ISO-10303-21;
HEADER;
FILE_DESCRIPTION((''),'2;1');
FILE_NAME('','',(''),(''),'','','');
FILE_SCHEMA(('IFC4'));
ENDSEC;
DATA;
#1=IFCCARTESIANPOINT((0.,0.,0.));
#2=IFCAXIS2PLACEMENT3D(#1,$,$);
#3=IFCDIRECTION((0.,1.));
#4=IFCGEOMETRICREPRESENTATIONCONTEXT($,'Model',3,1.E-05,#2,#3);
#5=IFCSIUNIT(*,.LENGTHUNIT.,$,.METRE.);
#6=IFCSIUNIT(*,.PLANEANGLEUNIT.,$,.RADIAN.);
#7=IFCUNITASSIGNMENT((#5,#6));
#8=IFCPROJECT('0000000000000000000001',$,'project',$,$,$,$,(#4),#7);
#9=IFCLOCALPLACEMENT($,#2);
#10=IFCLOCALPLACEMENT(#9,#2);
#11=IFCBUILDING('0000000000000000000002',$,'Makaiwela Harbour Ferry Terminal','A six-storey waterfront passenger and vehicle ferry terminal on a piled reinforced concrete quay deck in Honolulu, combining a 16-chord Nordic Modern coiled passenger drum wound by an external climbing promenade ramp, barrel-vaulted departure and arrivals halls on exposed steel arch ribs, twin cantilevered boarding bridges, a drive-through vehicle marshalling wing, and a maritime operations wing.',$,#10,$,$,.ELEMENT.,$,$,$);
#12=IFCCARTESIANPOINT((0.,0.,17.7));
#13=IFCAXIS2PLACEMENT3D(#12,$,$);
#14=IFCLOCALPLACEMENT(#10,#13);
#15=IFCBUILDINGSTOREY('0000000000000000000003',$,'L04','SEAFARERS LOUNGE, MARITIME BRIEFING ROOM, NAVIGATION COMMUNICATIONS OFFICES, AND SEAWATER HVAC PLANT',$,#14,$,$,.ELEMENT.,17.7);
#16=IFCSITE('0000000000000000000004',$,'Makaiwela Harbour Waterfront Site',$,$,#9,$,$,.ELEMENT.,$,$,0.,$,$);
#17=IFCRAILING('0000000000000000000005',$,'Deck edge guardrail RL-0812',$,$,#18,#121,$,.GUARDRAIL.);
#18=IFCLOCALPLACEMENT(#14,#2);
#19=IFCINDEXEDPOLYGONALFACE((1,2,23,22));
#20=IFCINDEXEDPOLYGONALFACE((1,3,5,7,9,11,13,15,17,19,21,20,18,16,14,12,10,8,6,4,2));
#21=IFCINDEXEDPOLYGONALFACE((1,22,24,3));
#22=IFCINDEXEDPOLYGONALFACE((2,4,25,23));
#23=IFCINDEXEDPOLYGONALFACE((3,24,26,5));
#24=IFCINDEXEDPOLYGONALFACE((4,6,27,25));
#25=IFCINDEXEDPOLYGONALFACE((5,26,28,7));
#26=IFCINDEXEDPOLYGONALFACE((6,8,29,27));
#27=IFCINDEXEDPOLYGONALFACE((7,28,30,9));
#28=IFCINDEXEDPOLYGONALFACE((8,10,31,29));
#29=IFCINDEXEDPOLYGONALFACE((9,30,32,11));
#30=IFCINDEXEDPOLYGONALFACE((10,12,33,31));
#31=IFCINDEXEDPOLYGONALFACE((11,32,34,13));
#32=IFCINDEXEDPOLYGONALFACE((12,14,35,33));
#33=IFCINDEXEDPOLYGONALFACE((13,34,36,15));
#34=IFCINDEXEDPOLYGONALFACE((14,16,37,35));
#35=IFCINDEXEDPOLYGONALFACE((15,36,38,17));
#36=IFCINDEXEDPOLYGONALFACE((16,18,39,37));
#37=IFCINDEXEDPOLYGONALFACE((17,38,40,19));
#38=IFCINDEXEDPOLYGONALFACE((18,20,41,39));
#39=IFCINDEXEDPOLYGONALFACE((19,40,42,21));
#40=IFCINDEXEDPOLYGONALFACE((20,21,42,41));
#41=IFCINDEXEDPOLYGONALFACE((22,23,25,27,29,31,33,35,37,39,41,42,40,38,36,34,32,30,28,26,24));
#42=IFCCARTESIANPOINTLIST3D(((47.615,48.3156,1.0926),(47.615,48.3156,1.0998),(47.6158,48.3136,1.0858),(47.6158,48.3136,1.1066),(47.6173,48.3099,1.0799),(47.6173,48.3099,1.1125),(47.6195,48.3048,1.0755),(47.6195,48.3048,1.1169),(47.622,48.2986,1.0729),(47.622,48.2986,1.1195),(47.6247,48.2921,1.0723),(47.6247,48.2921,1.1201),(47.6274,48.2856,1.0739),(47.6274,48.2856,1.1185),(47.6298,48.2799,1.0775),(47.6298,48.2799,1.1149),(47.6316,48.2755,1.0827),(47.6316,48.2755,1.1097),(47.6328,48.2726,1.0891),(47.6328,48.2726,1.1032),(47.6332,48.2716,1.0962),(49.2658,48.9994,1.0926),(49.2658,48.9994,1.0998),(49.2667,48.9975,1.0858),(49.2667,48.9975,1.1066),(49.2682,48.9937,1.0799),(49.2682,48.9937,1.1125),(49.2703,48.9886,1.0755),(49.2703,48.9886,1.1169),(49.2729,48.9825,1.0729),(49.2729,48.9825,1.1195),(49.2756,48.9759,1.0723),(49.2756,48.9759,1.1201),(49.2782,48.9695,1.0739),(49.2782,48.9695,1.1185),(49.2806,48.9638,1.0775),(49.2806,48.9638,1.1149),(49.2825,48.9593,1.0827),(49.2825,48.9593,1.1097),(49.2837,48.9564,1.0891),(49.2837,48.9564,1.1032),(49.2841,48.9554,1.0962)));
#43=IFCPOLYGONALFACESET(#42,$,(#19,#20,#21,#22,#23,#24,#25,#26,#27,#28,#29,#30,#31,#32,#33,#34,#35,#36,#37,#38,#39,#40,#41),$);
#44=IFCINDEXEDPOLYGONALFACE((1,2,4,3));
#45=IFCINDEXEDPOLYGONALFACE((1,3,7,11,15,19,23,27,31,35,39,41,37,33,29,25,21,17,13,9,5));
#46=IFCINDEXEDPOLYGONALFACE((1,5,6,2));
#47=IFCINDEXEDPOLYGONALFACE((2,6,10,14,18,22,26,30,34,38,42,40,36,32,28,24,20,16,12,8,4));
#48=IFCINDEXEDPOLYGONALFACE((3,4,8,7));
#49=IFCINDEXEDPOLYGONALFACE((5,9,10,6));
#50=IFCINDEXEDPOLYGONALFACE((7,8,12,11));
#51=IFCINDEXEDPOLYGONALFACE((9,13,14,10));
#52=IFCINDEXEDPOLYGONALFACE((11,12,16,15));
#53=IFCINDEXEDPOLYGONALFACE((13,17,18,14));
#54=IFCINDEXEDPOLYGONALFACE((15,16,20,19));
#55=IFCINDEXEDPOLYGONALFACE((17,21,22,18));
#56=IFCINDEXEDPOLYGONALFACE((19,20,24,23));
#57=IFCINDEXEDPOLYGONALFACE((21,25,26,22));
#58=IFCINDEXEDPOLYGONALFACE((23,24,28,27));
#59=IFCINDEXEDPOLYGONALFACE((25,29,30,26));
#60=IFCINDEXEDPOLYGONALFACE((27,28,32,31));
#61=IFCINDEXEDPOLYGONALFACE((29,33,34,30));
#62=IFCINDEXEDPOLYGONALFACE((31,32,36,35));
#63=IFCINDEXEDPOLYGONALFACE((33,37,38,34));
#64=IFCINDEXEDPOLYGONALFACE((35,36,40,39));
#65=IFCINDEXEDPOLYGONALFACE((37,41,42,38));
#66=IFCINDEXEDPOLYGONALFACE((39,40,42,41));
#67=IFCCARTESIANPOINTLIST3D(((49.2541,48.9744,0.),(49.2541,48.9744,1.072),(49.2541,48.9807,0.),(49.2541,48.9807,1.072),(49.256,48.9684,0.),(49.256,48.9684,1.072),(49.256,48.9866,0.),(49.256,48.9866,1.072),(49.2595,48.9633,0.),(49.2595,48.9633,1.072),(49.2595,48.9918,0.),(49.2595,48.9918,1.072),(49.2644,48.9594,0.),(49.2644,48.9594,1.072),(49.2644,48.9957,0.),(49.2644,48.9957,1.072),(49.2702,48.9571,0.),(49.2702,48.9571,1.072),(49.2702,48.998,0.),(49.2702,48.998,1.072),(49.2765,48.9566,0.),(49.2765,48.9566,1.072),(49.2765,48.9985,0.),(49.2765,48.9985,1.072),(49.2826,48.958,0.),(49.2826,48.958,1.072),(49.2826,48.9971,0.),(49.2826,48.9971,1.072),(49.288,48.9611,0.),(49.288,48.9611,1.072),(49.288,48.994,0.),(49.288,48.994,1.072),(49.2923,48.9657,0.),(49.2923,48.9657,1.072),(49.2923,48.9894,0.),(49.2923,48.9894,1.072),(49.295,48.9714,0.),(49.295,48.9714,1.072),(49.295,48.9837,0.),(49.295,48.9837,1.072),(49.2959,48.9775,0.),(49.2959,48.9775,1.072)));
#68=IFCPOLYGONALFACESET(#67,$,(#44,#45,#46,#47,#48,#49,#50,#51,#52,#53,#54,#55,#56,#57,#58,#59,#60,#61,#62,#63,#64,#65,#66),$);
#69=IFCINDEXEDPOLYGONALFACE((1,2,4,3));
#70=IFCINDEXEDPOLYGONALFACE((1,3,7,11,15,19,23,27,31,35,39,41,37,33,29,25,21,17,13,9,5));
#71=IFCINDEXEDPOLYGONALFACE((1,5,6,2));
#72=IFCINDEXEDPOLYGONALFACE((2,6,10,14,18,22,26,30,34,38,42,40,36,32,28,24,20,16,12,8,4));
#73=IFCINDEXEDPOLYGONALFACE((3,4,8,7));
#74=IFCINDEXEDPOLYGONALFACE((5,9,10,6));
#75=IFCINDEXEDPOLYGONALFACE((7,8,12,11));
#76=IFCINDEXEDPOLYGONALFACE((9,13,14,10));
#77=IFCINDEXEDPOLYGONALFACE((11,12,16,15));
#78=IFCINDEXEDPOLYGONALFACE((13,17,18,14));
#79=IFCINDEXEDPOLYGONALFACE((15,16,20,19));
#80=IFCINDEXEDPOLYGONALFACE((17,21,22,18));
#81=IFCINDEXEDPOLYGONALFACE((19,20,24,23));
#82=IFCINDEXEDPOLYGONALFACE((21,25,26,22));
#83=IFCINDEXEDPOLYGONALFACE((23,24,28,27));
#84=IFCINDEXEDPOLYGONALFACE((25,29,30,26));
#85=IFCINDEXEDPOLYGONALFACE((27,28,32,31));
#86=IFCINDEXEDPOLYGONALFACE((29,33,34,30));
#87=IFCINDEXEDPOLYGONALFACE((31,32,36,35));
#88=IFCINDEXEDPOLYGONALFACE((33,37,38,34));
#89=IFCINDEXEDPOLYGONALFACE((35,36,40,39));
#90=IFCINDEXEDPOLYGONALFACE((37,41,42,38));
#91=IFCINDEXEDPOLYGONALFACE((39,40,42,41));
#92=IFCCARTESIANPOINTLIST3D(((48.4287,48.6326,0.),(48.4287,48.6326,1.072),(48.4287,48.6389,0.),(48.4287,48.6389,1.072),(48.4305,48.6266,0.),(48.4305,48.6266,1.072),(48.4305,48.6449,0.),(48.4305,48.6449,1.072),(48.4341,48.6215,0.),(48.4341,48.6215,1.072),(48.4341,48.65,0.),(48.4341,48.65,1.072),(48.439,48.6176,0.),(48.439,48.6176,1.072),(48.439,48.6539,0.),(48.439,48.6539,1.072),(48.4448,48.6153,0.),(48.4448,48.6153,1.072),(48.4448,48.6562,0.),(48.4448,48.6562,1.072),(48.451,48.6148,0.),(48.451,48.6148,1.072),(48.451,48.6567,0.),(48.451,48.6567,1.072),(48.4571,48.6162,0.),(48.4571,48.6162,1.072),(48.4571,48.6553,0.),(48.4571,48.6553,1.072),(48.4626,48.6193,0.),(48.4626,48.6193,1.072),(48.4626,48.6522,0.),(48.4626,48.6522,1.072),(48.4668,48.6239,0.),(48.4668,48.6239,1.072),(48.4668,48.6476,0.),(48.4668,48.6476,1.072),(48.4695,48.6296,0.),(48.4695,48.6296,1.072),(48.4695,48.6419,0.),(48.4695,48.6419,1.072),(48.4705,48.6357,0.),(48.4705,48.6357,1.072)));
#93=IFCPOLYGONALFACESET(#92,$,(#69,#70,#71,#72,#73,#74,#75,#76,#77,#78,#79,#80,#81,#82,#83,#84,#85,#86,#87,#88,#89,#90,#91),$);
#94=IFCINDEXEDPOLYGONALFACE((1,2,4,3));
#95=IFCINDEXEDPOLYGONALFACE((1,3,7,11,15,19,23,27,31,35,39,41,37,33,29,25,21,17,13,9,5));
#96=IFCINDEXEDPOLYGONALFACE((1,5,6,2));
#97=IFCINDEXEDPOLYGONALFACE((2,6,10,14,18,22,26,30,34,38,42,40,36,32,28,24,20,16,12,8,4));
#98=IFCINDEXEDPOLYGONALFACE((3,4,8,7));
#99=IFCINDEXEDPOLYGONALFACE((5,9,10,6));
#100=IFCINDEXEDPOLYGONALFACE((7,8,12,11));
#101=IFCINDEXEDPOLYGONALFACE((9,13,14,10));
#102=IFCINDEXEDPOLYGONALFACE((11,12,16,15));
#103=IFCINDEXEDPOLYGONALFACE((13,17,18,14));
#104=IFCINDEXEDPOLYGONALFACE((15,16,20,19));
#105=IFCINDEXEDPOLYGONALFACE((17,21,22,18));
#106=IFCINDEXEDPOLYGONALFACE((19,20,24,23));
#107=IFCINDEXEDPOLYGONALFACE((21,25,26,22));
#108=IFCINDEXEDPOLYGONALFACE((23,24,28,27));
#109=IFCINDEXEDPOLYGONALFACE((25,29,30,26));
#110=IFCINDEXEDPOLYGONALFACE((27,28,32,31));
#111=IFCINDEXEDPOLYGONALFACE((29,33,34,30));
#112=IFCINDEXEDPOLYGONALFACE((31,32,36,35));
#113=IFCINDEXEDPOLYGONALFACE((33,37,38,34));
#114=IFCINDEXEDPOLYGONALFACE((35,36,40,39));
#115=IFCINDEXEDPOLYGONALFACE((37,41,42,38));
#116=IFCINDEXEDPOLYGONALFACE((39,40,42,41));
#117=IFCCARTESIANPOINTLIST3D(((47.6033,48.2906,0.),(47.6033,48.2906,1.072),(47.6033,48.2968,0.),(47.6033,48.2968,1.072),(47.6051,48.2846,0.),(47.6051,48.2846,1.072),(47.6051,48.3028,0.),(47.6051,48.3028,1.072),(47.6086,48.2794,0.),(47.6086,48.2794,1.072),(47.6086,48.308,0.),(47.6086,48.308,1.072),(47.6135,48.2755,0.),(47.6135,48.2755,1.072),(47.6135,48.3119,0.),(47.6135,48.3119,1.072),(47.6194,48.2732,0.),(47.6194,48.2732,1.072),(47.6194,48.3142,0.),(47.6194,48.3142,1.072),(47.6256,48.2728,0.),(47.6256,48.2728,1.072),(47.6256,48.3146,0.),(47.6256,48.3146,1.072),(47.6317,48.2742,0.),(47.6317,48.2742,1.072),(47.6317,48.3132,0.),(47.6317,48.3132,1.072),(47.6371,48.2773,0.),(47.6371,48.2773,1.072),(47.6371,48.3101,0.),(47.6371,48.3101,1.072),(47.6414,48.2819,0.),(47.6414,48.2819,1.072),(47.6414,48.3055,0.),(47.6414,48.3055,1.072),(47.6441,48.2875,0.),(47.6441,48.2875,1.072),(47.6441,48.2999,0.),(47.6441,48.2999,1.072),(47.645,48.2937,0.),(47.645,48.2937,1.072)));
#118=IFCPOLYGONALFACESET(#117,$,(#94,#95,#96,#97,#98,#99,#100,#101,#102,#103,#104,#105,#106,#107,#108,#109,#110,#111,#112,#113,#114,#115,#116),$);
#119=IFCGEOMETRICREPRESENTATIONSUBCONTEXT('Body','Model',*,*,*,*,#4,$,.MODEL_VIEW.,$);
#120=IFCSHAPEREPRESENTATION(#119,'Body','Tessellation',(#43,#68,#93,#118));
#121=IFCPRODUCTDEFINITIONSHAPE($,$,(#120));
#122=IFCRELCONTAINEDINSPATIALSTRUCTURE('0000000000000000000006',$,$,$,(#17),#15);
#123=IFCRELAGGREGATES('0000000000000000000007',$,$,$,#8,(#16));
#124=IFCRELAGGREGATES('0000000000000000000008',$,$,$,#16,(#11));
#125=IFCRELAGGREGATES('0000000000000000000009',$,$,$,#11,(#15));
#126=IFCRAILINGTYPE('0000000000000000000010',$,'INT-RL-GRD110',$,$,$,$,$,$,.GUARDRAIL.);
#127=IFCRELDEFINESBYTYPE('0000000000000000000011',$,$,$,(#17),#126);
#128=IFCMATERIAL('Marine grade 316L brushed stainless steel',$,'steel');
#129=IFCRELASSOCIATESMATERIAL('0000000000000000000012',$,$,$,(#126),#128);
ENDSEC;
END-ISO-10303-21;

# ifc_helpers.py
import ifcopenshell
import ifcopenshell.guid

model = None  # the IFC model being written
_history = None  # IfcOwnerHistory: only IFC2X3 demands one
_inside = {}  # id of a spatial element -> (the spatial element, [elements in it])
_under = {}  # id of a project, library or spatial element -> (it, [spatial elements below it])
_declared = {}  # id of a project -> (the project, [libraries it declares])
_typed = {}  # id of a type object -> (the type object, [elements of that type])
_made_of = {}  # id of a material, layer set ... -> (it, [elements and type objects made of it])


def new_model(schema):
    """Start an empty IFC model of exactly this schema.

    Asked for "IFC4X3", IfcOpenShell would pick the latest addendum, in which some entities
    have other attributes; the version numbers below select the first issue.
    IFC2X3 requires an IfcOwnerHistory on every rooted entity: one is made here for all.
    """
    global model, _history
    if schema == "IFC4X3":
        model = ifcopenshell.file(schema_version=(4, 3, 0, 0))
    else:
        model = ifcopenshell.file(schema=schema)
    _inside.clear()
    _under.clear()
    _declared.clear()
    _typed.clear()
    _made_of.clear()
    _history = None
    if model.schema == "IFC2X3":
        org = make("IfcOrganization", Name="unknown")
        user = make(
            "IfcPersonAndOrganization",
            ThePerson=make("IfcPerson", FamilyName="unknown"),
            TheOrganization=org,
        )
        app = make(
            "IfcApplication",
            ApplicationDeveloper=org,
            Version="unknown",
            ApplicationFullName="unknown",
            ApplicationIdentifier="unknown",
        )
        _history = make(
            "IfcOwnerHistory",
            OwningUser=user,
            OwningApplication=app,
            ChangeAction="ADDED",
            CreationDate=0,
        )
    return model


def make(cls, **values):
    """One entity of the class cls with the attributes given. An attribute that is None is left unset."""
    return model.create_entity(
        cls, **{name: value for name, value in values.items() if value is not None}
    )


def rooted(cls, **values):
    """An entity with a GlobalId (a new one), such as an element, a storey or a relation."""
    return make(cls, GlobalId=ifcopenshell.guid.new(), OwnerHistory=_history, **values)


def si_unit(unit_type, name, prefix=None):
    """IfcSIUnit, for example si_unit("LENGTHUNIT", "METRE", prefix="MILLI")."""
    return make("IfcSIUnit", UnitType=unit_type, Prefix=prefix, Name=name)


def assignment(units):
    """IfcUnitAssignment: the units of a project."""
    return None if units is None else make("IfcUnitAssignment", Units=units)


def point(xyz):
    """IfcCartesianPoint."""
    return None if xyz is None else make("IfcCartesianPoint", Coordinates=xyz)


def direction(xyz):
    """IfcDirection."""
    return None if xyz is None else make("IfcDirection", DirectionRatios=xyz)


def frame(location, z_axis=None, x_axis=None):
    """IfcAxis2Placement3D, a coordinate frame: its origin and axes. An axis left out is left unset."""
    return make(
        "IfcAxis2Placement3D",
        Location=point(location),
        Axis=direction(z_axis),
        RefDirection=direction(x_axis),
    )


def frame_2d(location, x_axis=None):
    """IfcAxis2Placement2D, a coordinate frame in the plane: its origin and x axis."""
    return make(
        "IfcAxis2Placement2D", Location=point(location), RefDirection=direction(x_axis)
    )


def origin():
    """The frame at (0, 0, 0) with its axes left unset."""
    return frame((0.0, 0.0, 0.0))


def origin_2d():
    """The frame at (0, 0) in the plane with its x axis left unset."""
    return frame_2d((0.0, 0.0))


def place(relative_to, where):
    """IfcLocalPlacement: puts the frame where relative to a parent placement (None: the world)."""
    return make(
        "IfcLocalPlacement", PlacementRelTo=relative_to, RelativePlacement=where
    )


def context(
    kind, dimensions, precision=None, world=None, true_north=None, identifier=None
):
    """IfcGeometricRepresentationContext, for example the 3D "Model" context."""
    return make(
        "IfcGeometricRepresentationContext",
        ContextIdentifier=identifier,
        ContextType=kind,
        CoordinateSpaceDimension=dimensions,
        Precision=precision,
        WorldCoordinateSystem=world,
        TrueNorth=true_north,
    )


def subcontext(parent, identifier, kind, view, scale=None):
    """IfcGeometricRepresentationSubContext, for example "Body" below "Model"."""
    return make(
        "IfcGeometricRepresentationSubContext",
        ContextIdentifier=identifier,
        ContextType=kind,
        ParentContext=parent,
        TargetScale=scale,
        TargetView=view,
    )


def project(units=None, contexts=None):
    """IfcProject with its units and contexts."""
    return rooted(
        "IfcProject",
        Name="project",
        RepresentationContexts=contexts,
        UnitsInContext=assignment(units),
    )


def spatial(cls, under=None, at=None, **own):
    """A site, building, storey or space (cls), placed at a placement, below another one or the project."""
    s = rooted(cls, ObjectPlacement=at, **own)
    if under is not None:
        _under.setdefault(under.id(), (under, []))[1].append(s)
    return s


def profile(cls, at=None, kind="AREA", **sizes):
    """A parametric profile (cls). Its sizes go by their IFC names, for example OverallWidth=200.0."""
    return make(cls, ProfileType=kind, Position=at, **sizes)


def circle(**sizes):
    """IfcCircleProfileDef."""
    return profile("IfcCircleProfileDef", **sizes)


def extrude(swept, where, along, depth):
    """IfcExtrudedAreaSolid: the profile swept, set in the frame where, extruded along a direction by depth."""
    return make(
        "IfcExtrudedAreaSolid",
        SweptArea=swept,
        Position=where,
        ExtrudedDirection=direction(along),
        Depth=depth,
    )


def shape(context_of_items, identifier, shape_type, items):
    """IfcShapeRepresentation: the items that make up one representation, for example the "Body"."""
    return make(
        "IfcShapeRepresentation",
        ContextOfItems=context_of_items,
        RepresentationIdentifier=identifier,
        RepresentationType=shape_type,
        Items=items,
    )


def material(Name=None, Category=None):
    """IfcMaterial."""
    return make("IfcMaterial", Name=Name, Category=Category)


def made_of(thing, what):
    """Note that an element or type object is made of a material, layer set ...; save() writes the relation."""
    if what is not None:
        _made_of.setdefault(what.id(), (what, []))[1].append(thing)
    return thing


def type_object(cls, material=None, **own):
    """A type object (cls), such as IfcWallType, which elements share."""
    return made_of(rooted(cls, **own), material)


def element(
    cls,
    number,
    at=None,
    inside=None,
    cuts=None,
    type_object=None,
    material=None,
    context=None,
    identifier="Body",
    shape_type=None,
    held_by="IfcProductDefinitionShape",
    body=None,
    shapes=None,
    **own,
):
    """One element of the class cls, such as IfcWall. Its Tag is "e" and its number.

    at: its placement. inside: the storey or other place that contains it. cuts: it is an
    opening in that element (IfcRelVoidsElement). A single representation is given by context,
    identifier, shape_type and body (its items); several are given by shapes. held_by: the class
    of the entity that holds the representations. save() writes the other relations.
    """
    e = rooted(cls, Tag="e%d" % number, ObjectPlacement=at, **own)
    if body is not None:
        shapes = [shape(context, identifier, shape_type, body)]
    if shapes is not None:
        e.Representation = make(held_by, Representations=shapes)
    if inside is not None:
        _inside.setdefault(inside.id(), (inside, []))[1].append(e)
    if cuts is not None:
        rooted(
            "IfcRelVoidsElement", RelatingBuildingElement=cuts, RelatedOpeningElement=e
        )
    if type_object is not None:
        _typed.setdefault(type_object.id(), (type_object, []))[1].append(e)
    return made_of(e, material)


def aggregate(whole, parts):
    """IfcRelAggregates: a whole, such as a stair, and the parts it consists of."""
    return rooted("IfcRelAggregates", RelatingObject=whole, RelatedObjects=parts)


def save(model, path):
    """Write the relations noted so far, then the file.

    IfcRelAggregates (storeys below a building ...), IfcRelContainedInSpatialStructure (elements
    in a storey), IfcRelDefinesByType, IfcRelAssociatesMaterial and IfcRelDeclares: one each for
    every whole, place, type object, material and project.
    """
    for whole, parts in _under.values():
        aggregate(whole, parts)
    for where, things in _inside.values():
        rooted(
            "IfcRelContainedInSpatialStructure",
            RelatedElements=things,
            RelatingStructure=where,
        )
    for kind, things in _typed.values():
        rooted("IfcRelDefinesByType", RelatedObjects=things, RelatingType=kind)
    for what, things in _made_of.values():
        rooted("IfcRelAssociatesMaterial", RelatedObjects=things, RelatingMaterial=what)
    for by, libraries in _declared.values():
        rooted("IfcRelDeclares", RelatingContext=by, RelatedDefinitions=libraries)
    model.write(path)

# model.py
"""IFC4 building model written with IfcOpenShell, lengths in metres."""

from ifc_helpers import new_model, si_unit, direction, frame, origin, origin_2d, place, context, subcontext, project, spatial, circle, extrude, material, type_object, element, save


model = new_model("IFC4")

# Units and contexts
model_context = context("Model", 3, precision=1e-05, world=origin(), true_north=direction((0.0, 1.0)))
body_context = subcontext(model_context, "Body", "Model", "MODEL_VIEW")
ifc_project = project(units=[si_unit("LENGTHUNIT", "METRE"), si_unit("PLANEANGLEUNIT", "RADIAN")], contexts=[model_context])

# Site, building, storey
site_placement = place(None, origin())
site = spatial("IfcSite", under=ifc_project, at=site_placement, Name="Makaiwela Harbour Waterfront Site", CompositionType="ELEMENT", RefElevation=0.0)
building_placement = place(site_placement, origin())
building = spatial("IfcBuilding", under=site, at=building_placement, Name="Makaiwela Harbour Ferry Terminal", Description="A six-storey waterfront passenger and vehicle ferry terminal on a piled reinforced concrete quay deck in Honolulu, combining a 16-chord Nordic Modern coiled passenger drum wound by an external climbing promenade ramp, barrel-vaulted departure and arrivals halls on exposed steel arch ribs, twin cantilevered boarding bridges, a drive-through vehicle marshalling wing, and a maritime operations wing.", CompositionType="ELEMENT")
storey_placement = place(building_placement, frame((0.0, 0.0, 17.7)))
storey = spatial("IfcBuildingStorey", under=building, at=storey_placement, Name="L04", Description="SEAFARERS LOUNGE, MARITIME BRIEFING ROOM, NAVIGATION COMMUNICATIONS OFFICES, AND SEAWATER HVAC PLANT", CompositionType="ELEMENT", Elevation=17.7)

# Railing
ifc_material_1 = material(Name="Marine grade 316L brushed stainless steel", Category="steel")
railing_type_1 = type_object("IfcRailingType", Name="INT-RL-GRD110", PredefinedType="GUARDRAIL", material=ifc_material_1)
railing_1_placement = place(storey_placement, frame((49.2749, 48.9775, 0.0)))
element("IfcRailing", 1, at=railing_1_placement, inside=storey, type_object=railing_type_1, Name="Deck edge guardrail RL-0812", PredefinedType="GUARDRAIL", context=body_context, shape_type="SweptSolid", body=[
    extrude(circle(Radius=0.0239, at=origin_2d()), frame((0.0, 0.0, 1.0962), z_axis=(-0.923875, -0.382694, 0.0), x_axis=(0.382694, -0.923875, 0.0)), (0.0, 0.0, 1.0), 1.7869),
    extrude(circle(Radius=0.021, at=origin_2d()), origin(), (0.0, 0.0, 1.0), 1.072),
    extrude(circle(Radius=0.021, at=origin_2d()), frame((-0.8254, -0.3418, 0.0)), (0.0, 0.0, 1.0), 1.072),
    extrude(circle(Radius=0.021, at=origin_2d()), frame((-1.6509, -0.6838, 0.0)), (0.0, 0.0, 1.0), 1.072),
])

save(model, "model.ifc")
